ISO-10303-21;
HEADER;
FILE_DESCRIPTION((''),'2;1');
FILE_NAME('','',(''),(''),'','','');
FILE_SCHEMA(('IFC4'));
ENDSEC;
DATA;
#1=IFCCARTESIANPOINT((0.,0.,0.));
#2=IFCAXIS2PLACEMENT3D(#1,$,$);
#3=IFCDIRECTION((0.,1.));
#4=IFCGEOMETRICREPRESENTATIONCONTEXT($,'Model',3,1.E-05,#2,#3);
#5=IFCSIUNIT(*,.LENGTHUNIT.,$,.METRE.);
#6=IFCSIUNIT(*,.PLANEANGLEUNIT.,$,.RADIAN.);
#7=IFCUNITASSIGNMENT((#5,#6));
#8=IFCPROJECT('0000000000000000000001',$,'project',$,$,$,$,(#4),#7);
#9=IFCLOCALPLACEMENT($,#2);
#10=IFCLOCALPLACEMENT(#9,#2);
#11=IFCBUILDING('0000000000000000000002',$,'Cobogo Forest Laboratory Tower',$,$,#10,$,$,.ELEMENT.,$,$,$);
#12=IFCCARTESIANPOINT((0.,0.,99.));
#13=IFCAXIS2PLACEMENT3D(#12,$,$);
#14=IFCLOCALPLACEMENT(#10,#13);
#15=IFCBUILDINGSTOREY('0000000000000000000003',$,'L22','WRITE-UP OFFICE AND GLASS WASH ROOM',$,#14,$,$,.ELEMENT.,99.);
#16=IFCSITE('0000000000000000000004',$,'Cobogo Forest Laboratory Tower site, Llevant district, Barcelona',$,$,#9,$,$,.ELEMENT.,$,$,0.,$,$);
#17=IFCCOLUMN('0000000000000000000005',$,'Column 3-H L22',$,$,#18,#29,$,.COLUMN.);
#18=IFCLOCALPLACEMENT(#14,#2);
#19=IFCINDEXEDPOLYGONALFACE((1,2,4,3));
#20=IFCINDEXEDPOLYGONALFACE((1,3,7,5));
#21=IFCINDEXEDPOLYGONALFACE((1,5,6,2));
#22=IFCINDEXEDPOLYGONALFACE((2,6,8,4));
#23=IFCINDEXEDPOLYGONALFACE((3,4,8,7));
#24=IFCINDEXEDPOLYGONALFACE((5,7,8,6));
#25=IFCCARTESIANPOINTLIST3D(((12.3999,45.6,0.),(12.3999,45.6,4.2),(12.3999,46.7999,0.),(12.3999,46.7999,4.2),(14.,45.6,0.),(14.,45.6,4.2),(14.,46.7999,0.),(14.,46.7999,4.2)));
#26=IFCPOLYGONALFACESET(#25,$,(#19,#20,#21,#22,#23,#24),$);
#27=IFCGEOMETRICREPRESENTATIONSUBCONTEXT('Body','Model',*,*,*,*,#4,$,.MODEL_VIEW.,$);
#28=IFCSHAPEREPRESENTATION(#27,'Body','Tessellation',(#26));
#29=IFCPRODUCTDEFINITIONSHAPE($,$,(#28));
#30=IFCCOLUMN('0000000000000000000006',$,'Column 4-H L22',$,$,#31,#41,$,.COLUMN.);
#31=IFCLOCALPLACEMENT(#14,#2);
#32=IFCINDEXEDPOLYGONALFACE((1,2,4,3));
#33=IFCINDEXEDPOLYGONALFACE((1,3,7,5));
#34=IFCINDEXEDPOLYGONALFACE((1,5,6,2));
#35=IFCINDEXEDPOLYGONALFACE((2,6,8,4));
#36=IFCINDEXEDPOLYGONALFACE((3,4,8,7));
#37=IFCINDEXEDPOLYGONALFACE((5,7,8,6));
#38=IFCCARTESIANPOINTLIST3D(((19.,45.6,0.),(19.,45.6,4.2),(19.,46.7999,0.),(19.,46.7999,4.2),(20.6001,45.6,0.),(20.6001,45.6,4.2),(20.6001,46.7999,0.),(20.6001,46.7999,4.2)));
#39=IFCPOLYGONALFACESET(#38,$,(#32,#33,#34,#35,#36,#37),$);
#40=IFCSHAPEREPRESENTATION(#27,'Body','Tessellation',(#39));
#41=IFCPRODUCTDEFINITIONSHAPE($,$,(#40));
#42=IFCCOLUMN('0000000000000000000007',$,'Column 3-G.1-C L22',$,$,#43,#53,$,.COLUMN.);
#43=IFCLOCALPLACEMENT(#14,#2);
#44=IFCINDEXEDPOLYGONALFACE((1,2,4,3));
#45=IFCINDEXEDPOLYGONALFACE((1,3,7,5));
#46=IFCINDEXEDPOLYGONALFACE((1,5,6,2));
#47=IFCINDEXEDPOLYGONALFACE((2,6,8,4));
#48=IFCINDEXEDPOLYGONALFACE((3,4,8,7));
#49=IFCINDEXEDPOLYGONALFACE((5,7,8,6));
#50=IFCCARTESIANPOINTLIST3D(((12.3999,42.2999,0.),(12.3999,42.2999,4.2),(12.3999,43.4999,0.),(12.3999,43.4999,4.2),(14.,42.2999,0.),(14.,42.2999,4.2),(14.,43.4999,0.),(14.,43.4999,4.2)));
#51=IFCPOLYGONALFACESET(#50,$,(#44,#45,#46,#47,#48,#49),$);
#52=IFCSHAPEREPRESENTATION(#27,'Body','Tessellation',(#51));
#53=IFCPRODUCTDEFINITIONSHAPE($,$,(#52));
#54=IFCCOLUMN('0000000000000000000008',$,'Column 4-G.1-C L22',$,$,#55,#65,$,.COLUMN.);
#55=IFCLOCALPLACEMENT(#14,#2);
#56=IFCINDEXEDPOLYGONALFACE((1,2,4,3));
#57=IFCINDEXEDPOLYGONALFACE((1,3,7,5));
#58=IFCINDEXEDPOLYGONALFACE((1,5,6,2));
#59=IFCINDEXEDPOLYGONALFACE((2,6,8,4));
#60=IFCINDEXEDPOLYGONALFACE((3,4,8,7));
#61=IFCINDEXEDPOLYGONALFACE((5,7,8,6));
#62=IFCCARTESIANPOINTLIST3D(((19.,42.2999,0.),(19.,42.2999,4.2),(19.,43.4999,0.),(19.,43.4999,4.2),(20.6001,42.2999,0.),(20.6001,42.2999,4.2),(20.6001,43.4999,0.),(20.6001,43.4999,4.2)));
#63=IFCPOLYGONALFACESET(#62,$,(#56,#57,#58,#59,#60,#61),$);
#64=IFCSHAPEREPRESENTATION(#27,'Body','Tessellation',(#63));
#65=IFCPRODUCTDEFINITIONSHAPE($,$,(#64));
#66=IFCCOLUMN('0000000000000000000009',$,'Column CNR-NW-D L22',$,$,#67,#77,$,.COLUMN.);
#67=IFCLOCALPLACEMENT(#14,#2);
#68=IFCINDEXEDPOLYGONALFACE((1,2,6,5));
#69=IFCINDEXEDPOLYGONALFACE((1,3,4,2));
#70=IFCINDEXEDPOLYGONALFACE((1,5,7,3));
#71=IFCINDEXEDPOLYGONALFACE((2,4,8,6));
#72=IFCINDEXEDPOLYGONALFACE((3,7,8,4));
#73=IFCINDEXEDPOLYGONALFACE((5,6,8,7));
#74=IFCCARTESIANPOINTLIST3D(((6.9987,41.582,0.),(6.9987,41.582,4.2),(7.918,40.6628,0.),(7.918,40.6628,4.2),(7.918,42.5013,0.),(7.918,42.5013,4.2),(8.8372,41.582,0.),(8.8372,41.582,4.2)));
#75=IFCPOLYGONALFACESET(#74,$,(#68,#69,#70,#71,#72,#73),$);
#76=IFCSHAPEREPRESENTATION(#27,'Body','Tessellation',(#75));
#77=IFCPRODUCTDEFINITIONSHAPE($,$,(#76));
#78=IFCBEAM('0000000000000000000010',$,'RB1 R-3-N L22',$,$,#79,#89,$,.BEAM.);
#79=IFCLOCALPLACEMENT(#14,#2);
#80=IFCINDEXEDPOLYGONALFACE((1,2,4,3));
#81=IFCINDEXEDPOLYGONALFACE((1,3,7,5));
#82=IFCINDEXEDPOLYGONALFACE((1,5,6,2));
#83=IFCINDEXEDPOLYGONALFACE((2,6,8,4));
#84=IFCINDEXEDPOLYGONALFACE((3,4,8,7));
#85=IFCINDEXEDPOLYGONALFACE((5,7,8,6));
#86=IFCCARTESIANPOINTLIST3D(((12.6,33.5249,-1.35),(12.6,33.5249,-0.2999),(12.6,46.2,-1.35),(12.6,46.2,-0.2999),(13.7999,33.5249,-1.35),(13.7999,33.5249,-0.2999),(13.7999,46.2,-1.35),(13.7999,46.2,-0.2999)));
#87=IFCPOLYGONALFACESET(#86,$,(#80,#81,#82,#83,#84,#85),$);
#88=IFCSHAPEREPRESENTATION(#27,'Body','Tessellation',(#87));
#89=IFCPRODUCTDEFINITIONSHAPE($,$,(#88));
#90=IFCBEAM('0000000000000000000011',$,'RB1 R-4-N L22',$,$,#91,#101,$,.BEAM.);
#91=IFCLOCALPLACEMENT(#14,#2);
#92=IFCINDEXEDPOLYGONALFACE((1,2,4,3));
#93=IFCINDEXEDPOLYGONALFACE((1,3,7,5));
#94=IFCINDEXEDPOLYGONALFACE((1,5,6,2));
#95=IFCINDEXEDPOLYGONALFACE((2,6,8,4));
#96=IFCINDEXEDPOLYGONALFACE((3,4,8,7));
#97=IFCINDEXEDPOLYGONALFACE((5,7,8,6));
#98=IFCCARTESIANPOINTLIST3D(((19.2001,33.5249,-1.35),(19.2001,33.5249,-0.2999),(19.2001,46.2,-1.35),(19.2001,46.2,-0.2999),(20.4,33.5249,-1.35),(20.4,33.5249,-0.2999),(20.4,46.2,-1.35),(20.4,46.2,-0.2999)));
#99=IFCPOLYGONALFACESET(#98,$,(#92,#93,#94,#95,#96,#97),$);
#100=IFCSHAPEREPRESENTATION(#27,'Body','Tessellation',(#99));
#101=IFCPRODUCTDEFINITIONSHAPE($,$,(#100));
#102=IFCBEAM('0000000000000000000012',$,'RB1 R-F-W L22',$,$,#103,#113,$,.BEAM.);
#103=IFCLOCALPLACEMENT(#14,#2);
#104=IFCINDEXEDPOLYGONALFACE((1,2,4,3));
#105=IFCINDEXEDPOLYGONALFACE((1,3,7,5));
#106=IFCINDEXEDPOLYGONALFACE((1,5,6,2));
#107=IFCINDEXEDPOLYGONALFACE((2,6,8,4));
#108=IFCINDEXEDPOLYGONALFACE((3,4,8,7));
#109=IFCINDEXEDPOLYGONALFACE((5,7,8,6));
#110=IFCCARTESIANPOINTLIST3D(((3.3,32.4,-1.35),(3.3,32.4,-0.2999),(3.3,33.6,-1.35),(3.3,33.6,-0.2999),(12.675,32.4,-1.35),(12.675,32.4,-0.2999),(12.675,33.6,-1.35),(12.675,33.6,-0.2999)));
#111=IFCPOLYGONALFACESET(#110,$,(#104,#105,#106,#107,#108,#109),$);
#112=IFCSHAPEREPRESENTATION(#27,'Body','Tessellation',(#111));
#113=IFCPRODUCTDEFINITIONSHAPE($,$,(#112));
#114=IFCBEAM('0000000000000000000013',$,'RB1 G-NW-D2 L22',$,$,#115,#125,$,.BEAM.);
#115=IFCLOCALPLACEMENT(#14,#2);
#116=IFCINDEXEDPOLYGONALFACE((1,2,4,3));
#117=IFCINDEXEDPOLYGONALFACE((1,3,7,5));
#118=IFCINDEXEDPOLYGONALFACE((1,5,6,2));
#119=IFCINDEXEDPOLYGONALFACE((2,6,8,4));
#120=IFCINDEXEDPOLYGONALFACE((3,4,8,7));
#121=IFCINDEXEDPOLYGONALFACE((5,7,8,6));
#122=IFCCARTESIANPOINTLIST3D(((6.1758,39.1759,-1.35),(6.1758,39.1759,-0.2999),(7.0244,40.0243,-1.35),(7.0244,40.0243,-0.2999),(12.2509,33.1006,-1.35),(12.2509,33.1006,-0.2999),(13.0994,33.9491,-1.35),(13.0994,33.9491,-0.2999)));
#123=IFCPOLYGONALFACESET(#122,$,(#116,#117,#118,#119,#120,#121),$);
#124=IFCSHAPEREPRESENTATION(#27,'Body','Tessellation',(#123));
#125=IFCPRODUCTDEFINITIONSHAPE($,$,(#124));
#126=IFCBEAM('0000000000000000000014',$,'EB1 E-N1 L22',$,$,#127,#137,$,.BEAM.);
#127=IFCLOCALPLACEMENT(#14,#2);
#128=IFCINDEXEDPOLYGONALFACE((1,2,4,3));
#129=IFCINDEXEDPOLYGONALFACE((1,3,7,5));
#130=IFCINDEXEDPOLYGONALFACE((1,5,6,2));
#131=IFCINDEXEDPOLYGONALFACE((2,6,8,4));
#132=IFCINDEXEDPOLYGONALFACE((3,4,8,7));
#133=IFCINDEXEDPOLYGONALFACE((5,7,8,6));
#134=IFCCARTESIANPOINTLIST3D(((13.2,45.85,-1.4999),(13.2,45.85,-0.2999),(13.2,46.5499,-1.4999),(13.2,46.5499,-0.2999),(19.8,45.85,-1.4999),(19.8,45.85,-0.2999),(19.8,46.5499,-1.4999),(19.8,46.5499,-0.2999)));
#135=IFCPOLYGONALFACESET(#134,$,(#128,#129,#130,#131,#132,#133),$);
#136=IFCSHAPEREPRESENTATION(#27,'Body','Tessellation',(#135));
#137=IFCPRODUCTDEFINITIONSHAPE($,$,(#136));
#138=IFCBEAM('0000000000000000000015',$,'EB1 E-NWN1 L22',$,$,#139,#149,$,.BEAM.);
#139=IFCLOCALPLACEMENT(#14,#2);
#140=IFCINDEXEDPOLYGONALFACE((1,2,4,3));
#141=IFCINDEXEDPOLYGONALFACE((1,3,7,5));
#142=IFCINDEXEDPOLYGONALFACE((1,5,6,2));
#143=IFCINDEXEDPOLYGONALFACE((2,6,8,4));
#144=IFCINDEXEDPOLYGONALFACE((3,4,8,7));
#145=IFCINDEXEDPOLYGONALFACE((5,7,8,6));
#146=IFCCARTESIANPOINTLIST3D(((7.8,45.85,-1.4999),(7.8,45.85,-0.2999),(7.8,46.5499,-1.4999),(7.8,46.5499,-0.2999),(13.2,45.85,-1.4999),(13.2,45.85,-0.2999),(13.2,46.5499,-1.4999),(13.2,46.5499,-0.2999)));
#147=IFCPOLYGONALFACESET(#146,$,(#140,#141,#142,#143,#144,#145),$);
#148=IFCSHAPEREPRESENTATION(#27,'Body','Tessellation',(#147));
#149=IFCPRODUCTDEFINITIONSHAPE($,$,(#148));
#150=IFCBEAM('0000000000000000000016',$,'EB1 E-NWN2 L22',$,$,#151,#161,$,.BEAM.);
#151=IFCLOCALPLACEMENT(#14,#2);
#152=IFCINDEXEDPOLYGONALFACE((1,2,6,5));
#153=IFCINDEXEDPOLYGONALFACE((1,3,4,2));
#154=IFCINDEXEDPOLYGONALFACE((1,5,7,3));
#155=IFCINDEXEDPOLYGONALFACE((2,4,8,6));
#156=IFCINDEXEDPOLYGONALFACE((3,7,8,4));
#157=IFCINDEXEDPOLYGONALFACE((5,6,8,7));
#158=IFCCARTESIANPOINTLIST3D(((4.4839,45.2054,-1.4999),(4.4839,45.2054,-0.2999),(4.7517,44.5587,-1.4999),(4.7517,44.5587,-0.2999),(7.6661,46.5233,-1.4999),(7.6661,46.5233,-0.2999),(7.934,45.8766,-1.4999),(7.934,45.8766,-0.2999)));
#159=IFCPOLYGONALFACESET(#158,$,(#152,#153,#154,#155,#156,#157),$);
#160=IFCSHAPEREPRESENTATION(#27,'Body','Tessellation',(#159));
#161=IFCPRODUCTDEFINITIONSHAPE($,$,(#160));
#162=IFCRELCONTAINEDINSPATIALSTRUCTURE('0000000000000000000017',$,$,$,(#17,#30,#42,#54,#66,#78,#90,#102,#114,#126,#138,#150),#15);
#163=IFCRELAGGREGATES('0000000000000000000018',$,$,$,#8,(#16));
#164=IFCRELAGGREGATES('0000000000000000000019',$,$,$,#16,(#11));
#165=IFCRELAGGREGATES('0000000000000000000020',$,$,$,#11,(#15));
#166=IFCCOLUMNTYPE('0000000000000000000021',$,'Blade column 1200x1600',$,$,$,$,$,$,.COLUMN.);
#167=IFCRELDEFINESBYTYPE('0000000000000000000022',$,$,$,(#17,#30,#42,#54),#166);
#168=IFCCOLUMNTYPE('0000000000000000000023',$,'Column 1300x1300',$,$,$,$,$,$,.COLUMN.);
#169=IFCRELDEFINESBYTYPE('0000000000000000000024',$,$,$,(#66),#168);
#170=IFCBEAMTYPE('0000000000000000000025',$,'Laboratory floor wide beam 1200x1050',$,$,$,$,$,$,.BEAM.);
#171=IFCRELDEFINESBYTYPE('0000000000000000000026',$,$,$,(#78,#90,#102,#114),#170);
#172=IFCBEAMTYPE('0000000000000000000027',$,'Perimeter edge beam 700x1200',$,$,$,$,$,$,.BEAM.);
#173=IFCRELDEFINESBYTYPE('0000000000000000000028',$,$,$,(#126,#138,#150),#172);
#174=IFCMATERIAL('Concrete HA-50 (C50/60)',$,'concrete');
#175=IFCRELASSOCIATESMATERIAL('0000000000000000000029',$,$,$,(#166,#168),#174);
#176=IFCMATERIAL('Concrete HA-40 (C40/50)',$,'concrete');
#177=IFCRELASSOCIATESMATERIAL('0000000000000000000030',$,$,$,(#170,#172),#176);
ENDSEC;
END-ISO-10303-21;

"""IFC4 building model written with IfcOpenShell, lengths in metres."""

from ifc_helpers import new_model, si_unit, direction, frame, origin, origin_2d, place, context, subcontext, project, spatial, rectangle, extrude, material, material_profile, profile_set, type_object, element, save


model = new_model("IFC4")

# Units and contexts
model_context = context("Model", 3, precision=1e-05, world=origin(), true_north=direction((0.0, 1.0)))
body_context = subcontext(model_context, "Body", "Model", "MODEL_VIEW")
ifc_project = project(units=[si_unit("LENGTHUNIT", "METRE"), si_unit("PLANEANGLEUNIT", "RADIAN")], contexts=[model_context])

# Site, building, storey
site_placement = place(None, origin())
site = spatial("IfcSite", under=ifc_project, at=site_placement, Name="Cobogo Forest Laboratory Tower site, Llevant district, Barcelona", CompositionType="ELEMENT", RefElevation=0.0)
building_placement = place(site_placement, origin())
building = spatial("IfcBuilding", under=site, at=building_placement, Name="Cobogo Forest Laboratory Tower", CompositionType="ELEMENT")
storey_placement = place(building_placement, frame((0.0, 0.0, 99.0)))
storey = spatial("IfcBuildingStorey", under=building, at=storey_placement, Name="L22", Description="WRITE-UP OFFICE AND GLASS WASH ROOM", CompositionType="ELEMENT", Elevation=99.0)

# Columns
ifc_material_1 = material(Name="Concrete HA-50 (C50/60)", Category="concrete")
ifc_material_profile_1 = material_profile(ifc_material_1, rectangle(XDim=1.6001, YDim=1.2, at=origin_2d()), Name="RC 1200x1600")
ifc_profile_set_1 = profile_set([ifc_material_profile_1], Name="Concrete HA-50 (C50/60)")
column_type_1 = type_object("IfcColumnType", Name="Blade column 1200x1600", PredefinedType="COLUMN", material=ifc_profile_set_1)
for number, where, z_axis, x_axis, name in (
    (1, (13.2, 46.2, 0.0), (0.0, 0.0, 1.0), (1.0, 0.0, 0.0), "Column 3-H L22"),
    (2, (19.8, 46.2, 0.0), (0.0, 0.0, 1.0), (1.0, 0.0, 0.0), "Column 4-H L22"),
    (3, (13.2, 42.8999, 0.0), (0.0, 0.0, 1.0), (1.0, 0.0, 0.0), "Column 3-G.1-C L22"),
    (4, (19.8, 42.8999, 0.0), (0.0, 0.0, 1.0), (1.0, 0.0, 0.0), "Column 4-G.1-C L22"),
):
    element("IfcColumn", number, at=place(storey_placement, frame(where, z_axis=z_axis, x_axis=x_axis)), inside=storey, type_object=column_type_1, Name=name, PredefinedType="COLUMN", context=body_context, shape_type="SweptSolid", body=[
        extrude(rectangle(XDim=1.6001, YDim=1.2, at=origin_2d()), origin(), (0.0, 0.0, 1.0), 4.2),
    ])
ifc_material_profile_2 = material_profile(ifc_material_1, rectangle(XDim=1.3, YDim=1.3, at=origin_2d()), Name="RC 1300x1300")
ifc_profile_set_2 = profile_set([ifc_material_profile_2], Name="Concrete HA-50 (C50/60)")
column_type_2 = type_object("IfcColumnType", Name="Column 1300x1300", PredefinedType="COLUMN", material=ifc_profile_set_2)
column_placement = place(storey_placement, frame((7.918, 41.582, 0.0), z_axis=(0.0, 0.0, 1.0), x_axis=(0.707107, 0.707107, 0.0)))
element("IfcColumn", 5, at=column_placement, inside=storey, type_object=column_type_2, Name="Column CNR-NW-D L22", PredefinedType="COLUMN", context=body_context, shape_type="SweptSolid", body=[
    extrude(rectangle(XDim=1.3, YDim=1.3, at=origin_2d()), origin(), (0.0, 0.0, 1.0), 4.2),
])

# Beams
ifc_material_2 = material(Name="Concrete HA-40 (C40/50)", Category="concrete")
ifc_material_profile_3 = material_profile(ifc_material_2, rectangle(XDim=1.2, YDim=1.05, at=origin_2d()), Name="RC 1200x1050")
ifc_profile_set_3 = profile_set([ifc_material_profile_3], Name="Concrete HA-40 (C40/50)")
beam_type_1 = type_object("IfcBeamType", Name="Laboratory floor wide beam 1200x1050", PredefinedType="BEAM", material=ifc_profile_set_3)
for number, where, z_axis, x_axis, name in (
    (6, (13.2, 33.5249, -0.825), (0.0, 1.0, 0.0), (-1.0, 0.0, 0.0), "RB1 R-3-N L22"),
    (7, (19.8, 33.5249, -0.825), (0.0, 1.0, 0.0), (-1.0, 0.0, 0.0), "RB1 R-4-N L22"),
):
    element("IfcBeam", number, at=place(storey_placement, frame(where, z_axis=z_axis, x_axis=x_axis)), inside=storey, type_object=beam_type_1, Name=name, PredefinedType="BEAM", context=body_context, shape_type="SweptSolid", body=[
        extrude(rectangle(XDim=1.2, YDim=1.05, at=origin_2d()), origin(), (0.0, 0.0, 1.0), 12.675),
    ])
beam_1_placement = place(storey_placement, frame((12.675, 33.0, -0.825), z_axis=(-1.0, 0.0, 0.0), x_axis=(0.0, -1.0, 0.0)))
element("IfcBeam", 8, at=beam_1_placement, inside=storey, type_object=beam_type_1, Name="RB1 R-F-W L22", PredefinedType="BEAM", context=body_context, shape_type="SweptSolid", body=[
    extrude(rectangle(XDim=1.2, YDim=1.05, at=origin_2d()), origin(), (0.0, 0.0, 1.0), 9.375),
])
beam_2_placement = place(storey_placement, frame((6.6001, 39.6001, -0.825), z_axis=(0.707093, -0.707121, 0.0), x_axis=(0.707121, 0.707093, 0.0)))
element("IfcBeam", 9, at=beam_2_placement, inside=storey, type_object=beam_type_1, Name="RB1 G-NW-D2 L22", PredefinedType="BEAM", context=body_context, shape_type="SweptSolid", body=[
    extrude(rectangle(XDim=1.2, YDim=1.05, at=origin_2d()), origin(), (0.0, 0.0, 1.0), 8.5916),
])
ifc_material_profile_4 = material_profile(ifc_material_2, rectangle(XDim=0.7, YDim=1.2, at=origin_2d()), Name="RC 700x1200")
ifc_profile_set_4 = profile_set([ifc_material_profile_4], Name="Concrete HA-40 (C40/50)")
beam_type_2 = type_object("IfcBeamType", Name="Perimeter edge beam 700x1200", PredefinedType="BEAM", material=ifc_profile_set_4)
beam_3_placement = place(storey_placement, frame((13.2, 46.2, -0.8999), z_axis=(1.0, 0.0, 0.0), x_axis=(0.0, 1.0, 0.0)))
element("IfcBeam", 10, at=beam_3_placement, inside=storey, type_object=beam_type_2, Name="EB1 E-N1 L22", PredefinedType="BEAM", context=body_context, shape_type="SweptSolid", body=[
    extrude(rectangle(XDim=0.7, YDim=1.2, at=origin_2d()), origin(), (0.0, 0.0, 1.0), 6.6001),
])
beam_4_placement = place(storey_placement, frame((13.2, 46.2, -0.8999), z_axis=(-1.0, 0.0, 0.0), x_axis=(0.0, -1.0, 0.0)))
element("IfcBeam", 11, at=beam_4_placement, inside=storey, type_object=beam_type_2, Name="EB1 E-NWN1 L22", PredefinedType="BEAM", context=body_context, shape_type="SweptSolid", body=[
    extrude(rectangle(XDim=0.7, YDim=1.2, at=origin_2d()), origin(), (0.0, 0.0, 1.0), 5.3999),
])
beam_5_placement = place(storey_placement, frame((7.8, 46.2, -0.8999), z_axis=(-0.923901, -0.382631, 0.0), x_axis=(0.382631, -0.923901, 0.0)))
element("IfcBeam", 12, at=beam_5_placement, inside=storey, type_object=beam_type_2, Name="EB1 E-NWN2 L22", PredefinedType="BEAM", context=body_context, shape_type="SweptSolid", body=[
    extrude(rectangle(XDim=0.7, YDim=1.2, at=origin_2d()), origin(), (0.0, 0.0, 1.0), 3.4443),
])

save(model, "model.ifc")
